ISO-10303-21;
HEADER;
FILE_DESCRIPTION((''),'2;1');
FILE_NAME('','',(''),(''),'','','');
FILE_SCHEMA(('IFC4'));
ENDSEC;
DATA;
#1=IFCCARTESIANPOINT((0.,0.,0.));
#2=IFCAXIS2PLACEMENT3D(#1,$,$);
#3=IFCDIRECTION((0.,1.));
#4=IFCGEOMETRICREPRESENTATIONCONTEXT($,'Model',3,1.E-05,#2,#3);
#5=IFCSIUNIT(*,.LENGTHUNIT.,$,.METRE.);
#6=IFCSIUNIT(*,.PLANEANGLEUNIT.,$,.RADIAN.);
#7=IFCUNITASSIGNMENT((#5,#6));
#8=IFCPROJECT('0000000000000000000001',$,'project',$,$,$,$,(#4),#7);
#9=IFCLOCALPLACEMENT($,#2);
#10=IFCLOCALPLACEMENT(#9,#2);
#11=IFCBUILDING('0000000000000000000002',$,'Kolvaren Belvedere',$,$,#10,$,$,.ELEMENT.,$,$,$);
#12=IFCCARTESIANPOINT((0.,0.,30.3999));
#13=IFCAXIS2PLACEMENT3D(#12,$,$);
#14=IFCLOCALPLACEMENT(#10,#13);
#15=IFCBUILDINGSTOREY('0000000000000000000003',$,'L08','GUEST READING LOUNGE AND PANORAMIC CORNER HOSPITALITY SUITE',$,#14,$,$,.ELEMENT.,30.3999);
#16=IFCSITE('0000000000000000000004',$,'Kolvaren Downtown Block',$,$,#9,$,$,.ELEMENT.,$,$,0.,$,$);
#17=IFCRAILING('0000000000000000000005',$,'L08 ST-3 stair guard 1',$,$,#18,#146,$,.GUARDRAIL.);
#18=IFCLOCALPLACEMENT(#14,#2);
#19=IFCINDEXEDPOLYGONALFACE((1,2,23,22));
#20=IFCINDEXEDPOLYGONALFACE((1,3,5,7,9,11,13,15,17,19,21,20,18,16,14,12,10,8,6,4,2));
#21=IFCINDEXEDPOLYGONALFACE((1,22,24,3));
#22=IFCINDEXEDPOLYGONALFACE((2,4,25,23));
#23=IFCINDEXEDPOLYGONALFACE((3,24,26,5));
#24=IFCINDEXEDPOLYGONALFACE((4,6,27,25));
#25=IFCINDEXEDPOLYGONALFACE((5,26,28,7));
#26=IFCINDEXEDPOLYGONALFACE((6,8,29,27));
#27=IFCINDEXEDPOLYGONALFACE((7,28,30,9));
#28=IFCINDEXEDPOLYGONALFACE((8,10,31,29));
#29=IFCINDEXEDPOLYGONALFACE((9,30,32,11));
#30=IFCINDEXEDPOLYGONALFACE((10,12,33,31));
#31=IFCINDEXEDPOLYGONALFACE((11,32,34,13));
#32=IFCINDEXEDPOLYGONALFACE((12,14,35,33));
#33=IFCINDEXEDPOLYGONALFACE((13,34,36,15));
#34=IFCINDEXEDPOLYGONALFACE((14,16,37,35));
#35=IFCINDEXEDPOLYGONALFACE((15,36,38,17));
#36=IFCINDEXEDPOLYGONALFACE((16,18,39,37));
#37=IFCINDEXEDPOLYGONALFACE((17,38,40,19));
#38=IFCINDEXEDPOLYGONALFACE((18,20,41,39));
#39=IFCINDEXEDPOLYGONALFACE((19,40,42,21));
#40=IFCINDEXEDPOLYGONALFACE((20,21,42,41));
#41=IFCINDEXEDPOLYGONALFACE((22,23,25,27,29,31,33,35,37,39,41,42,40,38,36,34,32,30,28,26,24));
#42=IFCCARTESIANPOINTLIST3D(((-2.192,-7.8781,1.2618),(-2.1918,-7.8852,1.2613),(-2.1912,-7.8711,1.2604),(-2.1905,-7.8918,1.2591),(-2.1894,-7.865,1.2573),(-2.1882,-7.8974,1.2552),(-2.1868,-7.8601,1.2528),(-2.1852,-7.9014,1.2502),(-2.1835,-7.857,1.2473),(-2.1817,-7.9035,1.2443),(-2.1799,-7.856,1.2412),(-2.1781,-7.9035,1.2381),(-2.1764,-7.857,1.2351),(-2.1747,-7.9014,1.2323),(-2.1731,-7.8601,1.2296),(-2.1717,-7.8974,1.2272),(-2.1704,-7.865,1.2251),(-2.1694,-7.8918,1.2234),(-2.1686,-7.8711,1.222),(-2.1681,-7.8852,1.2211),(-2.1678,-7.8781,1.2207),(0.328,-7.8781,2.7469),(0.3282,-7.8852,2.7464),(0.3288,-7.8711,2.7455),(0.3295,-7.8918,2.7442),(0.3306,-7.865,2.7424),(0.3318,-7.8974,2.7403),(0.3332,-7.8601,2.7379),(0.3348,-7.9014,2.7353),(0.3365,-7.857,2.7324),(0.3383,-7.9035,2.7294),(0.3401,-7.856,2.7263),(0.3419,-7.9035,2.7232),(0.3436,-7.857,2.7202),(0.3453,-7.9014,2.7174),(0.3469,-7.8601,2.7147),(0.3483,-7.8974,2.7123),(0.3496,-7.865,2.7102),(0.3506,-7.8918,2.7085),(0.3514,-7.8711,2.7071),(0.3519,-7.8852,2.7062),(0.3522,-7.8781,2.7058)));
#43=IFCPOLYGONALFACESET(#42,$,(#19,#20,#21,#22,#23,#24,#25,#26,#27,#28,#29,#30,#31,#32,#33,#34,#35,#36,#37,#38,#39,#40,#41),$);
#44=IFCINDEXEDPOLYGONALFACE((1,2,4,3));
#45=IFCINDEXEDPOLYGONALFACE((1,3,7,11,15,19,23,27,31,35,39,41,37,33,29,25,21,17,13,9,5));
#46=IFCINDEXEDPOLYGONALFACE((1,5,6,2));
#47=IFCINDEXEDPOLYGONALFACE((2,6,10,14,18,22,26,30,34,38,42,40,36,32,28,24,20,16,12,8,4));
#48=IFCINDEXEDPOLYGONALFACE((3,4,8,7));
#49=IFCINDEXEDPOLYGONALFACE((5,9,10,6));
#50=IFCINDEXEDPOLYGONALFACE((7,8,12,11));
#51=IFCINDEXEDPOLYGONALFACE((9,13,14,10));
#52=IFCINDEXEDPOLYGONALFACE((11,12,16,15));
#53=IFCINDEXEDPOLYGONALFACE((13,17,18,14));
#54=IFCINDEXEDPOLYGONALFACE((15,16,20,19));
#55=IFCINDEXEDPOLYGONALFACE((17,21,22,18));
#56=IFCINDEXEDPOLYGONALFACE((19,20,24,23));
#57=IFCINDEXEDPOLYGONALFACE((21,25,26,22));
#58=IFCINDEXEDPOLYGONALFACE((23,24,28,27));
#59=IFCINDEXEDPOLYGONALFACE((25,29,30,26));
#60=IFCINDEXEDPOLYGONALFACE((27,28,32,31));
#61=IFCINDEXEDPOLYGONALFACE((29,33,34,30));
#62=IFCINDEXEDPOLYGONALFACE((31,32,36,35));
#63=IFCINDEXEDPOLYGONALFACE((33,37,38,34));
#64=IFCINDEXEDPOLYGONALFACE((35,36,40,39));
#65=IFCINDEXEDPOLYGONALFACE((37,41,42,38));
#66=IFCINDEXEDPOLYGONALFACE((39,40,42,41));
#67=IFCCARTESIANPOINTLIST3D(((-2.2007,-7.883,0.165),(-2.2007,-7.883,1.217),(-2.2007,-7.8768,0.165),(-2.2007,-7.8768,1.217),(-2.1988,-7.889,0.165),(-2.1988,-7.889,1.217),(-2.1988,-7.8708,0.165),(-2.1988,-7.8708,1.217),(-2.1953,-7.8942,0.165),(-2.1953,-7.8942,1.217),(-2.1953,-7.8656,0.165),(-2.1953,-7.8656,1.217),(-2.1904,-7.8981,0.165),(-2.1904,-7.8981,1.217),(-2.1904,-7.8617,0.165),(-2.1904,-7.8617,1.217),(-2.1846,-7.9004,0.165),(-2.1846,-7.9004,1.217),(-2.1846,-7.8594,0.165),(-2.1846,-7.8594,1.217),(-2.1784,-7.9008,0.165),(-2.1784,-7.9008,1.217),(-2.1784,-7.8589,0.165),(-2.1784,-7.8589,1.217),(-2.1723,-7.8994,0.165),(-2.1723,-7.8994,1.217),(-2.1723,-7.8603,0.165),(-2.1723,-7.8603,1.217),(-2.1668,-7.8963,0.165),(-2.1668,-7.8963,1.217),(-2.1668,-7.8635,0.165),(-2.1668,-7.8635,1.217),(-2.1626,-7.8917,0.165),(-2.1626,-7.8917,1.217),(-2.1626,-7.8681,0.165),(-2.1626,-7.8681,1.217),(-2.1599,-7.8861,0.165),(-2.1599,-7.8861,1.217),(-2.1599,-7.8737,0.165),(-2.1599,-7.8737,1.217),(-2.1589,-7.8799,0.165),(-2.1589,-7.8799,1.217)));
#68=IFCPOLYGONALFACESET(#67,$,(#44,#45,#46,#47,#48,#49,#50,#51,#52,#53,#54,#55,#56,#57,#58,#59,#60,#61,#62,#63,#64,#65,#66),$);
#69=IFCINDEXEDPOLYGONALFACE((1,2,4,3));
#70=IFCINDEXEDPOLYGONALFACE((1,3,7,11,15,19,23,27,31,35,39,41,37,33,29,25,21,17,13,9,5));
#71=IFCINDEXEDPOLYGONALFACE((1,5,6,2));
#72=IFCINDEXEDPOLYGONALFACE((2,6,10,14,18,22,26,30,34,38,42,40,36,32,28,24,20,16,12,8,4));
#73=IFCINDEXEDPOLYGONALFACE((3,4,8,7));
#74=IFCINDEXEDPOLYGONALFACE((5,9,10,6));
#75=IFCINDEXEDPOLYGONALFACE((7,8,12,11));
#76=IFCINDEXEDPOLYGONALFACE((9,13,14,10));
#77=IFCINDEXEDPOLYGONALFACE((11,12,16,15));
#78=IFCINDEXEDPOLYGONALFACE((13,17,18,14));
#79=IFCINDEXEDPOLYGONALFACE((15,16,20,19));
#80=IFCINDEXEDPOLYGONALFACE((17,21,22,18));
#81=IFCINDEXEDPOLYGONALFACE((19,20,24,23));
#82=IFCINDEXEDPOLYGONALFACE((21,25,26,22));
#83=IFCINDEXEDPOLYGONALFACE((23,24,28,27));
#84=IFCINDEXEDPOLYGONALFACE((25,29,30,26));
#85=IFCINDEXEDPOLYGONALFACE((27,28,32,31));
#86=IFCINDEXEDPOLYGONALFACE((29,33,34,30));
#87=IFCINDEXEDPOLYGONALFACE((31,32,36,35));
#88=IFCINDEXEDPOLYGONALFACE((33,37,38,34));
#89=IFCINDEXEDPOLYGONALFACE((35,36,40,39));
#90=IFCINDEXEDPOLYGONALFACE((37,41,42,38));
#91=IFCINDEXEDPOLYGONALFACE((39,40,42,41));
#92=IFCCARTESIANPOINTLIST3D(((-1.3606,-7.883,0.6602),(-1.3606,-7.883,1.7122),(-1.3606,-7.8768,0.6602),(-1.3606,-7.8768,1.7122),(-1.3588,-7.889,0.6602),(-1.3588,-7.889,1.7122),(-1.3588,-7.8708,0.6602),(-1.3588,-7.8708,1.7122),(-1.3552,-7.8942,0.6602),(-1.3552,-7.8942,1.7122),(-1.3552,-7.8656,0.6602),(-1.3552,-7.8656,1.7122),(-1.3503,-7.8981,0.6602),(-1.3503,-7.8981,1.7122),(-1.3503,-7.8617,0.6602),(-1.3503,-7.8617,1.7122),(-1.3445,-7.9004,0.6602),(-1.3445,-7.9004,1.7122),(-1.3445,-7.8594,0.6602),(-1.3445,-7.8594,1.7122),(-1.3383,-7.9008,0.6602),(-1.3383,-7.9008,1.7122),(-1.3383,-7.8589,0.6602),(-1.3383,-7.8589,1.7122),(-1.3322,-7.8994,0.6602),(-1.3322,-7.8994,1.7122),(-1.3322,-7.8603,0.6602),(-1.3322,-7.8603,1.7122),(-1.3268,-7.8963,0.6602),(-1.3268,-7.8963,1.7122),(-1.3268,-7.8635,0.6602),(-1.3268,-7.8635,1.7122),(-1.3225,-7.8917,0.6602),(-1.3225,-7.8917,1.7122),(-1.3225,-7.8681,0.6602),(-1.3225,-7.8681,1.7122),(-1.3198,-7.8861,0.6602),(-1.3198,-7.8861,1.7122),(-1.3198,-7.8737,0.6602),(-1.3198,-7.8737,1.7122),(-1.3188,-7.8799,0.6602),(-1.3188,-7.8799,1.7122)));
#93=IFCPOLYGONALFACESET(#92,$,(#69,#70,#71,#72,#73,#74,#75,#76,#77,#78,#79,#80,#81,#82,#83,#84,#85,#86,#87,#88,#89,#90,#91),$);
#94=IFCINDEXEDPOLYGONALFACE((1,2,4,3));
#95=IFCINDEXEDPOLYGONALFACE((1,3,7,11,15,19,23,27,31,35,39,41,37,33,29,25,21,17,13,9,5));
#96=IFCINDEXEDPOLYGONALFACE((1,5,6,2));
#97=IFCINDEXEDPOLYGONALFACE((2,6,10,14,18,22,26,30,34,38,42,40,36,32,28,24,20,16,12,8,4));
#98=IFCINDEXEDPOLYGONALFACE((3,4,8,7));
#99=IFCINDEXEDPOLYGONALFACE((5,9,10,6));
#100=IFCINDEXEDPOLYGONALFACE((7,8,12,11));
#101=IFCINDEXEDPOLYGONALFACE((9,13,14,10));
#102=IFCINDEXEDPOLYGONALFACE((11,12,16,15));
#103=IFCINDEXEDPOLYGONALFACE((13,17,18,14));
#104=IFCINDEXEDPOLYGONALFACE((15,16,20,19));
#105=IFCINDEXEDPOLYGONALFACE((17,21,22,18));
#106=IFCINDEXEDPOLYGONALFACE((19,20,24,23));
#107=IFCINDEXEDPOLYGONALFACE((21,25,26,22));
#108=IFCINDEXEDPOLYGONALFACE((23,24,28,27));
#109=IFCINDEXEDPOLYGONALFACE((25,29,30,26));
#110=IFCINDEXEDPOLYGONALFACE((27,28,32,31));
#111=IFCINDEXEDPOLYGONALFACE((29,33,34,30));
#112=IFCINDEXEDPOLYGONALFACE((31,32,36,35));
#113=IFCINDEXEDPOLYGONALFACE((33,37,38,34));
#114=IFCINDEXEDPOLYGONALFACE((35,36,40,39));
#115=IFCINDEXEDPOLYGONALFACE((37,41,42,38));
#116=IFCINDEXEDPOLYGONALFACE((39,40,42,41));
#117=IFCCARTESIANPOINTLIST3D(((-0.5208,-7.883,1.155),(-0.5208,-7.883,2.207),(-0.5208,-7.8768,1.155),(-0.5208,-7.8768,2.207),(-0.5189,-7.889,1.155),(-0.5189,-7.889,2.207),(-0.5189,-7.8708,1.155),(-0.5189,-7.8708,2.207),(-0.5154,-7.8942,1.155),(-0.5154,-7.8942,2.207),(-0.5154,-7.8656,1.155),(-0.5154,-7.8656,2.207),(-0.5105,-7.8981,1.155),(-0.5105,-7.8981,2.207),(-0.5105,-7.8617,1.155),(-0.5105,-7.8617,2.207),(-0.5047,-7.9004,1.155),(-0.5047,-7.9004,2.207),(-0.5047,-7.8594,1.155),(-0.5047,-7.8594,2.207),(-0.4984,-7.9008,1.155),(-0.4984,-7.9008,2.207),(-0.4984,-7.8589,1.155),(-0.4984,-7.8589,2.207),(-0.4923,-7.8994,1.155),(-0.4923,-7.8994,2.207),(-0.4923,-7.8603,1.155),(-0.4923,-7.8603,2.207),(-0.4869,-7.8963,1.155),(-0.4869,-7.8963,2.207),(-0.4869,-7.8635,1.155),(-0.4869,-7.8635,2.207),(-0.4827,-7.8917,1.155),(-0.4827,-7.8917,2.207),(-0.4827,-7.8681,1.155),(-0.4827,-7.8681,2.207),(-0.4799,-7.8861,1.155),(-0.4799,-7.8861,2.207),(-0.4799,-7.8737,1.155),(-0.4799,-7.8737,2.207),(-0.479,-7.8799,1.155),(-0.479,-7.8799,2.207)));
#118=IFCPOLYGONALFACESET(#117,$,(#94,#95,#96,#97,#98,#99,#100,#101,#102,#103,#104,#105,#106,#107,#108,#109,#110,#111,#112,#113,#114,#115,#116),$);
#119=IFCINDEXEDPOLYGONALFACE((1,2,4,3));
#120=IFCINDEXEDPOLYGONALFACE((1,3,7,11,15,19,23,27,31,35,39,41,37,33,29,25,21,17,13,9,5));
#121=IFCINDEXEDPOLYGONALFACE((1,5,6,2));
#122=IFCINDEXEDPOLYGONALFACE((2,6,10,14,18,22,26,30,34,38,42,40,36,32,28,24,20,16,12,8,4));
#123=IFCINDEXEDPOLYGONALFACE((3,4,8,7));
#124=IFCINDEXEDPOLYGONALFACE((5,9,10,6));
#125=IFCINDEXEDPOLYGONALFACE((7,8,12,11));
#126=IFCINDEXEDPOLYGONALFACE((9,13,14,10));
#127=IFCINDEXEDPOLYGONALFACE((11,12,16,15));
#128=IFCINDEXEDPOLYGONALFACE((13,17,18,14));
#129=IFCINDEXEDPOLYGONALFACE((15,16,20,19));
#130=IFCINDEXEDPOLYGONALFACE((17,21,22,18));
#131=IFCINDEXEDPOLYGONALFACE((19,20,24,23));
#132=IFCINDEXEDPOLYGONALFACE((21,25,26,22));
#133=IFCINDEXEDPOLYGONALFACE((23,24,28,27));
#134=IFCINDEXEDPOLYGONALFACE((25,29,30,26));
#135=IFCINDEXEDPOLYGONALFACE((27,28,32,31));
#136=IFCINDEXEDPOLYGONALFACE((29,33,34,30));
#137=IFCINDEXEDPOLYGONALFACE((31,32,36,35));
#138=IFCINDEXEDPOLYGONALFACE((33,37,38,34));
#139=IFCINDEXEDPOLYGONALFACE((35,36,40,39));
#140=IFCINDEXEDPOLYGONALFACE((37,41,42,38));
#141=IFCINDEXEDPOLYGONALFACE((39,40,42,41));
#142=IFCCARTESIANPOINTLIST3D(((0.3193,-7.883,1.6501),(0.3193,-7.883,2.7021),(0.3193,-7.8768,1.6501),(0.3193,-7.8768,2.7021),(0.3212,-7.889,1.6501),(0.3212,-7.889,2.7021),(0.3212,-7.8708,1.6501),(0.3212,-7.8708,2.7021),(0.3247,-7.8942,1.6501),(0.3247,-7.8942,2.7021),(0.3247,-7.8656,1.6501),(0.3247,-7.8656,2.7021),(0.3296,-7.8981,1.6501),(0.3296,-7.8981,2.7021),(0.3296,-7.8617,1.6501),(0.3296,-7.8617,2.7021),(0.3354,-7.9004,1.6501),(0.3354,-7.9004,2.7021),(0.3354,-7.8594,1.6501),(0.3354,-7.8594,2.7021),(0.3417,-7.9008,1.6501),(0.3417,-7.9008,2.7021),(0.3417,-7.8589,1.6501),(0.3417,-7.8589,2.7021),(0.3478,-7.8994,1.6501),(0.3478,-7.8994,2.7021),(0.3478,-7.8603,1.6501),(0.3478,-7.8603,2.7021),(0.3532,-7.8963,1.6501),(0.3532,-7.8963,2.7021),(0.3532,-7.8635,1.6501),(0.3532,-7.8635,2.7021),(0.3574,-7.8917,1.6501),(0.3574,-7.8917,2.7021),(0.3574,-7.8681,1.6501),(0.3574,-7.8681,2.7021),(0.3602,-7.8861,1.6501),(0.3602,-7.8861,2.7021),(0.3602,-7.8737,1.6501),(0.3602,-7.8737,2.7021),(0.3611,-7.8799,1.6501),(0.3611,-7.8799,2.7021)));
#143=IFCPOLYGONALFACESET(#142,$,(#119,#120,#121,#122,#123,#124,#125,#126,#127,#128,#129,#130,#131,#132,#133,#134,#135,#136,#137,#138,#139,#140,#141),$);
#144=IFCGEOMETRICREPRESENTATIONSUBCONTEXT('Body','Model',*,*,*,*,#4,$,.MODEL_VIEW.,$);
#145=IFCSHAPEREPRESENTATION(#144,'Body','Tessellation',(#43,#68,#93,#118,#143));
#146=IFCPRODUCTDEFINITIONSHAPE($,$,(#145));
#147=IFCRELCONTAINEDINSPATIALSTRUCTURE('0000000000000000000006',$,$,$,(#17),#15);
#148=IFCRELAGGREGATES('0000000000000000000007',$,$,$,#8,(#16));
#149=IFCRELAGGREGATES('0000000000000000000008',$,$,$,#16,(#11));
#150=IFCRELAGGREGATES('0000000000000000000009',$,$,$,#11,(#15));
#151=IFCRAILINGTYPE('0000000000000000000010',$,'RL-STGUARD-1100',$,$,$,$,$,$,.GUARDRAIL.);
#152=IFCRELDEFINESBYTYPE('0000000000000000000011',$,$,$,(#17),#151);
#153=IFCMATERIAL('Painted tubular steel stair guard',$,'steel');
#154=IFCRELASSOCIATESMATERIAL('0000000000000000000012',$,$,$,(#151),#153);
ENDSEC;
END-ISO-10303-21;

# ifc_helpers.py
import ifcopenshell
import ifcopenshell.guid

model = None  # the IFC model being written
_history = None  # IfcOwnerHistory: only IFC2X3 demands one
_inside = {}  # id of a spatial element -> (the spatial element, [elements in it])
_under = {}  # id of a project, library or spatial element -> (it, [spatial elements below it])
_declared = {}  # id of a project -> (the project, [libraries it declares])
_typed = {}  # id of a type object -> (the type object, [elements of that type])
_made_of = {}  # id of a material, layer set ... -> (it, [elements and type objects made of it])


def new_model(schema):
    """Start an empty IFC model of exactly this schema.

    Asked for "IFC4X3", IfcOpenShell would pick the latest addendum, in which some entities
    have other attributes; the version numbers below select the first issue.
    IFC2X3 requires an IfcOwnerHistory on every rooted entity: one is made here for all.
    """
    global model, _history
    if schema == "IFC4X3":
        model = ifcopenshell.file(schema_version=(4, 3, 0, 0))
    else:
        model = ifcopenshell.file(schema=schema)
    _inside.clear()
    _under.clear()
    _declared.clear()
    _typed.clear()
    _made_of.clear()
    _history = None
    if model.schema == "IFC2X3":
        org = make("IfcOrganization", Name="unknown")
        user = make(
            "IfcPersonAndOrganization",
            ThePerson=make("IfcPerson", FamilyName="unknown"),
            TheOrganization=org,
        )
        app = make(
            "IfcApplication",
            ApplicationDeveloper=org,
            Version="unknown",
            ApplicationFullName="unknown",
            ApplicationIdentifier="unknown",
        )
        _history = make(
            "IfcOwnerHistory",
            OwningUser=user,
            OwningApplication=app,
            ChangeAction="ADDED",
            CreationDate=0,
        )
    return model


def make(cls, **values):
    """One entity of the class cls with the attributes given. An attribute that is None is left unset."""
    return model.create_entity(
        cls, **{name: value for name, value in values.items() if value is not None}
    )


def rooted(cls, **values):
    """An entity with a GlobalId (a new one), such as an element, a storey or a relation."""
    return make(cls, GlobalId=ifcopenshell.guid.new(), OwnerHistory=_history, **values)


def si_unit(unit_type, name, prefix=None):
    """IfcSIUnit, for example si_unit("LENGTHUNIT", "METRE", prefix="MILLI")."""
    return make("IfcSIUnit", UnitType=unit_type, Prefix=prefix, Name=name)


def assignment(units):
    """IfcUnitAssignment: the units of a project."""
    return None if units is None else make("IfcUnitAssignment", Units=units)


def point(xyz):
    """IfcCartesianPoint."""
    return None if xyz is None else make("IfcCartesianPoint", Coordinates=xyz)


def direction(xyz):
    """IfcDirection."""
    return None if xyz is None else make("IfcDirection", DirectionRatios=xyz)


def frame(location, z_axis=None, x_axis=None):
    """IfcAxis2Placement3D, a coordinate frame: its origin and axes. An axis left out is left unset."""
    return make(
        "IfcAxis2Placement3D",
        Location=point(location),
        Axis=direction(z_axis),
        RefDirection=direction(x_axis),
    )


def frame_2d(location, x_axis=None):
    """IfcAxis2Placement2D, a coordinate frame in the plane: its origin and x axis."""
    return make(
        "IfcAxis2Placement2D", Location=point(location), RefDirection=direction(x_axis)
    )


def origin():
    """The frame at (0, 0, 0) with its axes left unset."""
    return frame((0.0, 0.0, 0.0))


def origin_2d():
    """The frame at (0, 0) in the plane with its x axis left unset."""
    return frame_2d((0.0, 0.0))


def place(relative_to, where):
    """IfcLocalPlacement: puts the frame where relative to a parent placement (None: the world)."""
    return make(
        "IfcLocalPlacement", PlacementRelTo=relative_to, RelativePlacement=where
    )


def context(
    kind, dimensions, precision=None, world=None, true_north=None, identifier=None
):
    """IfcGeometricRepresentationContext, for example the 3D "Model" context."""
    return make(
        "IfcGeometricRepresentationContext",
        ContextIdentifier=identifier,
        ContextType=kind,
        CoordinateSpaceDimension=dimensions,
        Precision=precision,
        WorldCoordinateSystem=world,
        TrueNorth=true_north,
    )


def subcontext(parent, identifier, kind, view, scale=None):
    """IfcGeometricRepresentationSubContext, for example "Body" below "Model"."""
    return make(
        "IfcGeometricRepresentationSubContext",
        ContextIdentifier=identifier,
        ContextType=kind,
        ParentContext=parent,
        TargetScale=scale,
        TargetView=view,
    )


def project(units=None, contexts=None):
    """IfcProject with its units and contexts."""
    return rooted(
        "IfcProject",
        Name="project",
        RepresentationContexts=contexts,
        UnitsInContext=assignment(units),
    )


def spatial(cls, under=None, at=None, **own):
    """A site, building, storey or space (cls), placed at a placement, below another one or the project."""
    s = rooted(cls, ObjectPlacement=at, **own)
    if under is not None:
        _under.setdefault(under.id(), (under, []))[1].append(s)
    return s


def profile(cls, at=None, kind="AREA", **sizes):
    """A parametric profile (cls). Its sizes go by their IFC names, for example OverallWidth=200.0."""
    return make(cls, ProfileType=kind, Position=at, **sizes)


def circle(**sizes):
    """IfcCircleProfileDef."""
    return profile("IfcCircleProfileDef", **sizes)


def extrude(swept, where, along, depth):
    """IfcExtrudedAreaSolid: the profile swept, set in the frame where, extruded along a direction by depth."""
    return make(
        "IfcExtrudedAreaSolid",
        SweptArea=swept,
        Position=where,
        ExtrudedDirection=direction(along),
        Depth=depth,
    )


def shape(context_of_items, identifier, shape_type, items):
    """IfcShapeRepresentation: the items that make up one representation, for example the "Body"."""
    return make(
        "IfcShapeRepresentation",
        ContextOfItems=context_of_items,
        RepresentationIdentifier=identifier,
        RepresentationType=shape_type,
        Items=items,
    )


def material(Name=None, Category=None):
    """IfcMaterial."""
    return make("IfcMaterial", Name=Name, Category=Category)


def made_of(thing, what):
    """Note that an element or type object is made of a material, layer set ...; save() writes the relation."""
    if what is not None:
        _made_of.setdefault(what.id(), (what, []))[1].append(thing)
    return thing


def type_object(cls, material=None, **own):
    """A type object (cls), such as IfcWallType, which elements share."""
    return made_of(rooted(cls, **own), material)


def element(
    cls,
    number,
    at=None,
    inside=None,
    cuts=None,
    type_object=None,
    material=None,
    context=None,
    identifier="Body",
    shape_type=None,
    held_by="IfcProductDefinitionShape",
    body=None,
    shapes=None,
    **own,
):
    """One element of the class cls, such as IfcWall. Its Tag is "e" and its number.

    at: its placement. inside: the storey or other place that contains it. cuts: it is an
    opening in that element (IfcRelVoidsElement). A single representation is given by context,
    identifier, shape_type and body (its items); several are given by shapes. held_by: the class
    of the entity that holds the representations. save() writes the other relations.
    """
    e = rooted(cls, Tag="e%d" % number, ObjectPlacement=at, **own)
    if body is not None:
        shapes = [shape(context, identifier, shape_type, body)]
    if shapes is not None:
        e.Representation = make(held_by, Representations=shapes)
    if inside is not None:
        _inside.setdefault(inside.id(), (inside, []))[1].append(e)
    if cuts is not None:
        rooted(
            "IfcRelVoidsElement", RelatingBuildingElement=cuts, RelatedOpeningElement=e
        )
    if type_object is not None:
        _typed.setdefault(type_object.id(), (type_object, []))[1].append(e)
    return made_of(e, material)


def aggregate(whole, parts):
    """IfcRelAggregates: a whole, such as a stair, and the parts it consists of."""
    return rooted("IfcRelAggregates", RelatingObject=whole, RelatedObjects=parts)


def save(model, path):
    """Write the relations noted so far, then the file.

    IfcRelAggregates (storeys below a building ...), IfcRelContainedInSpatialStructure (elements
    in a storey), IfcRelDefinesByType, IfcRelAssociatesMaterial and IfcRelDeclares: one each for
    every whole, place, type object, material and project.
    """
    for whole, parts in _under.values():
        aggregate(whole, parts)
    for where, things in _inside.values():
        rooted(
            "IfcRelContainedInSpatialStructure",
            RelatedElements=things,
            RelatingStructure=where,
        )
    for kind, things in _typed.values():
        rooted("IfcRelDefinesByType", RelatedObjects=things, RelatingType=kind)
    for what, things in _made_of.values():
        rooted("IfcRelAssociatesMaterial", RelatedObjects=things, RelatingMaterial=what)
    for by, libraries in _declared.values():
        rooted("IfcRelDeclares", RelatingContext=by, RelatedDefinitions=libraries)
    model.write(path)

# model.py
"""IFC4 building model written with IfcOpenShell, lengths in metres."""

from ifc_helpers import new_model, si_unit, direction, frame, origin, origin_2d, place, context, subcontext, project, spatial, circle, extrude, material, type_object, element, save


model = new_model("IFC4")

# Units and contexts
model_context = context("Model", 3, precision=1e-05, world=origin(), true_north=direction((0.0, 1.0)))
body_context = subcontext(model_context, "Body", "Model", "MODEL_VIEW")
ifc_project = project(units=[si_unit("LENGTHUNIT", "METRE"), si_unit("PLANEANGLEUNIT", "RADIAN")], contexts=[model_context])

# Site, building, storey
site_placement = place(None, origin())
site = spatial("IfcSite", under=ifc_project, at=site_placement, Name="Kolvaren Downtown Block", CompositionType="ELEMENT", RefElevation=0.0)
building_placement = place(site_placement, origin())
building = spatial("IfcBuilding", under=site, at=building_placement, Name="Kolvaren Belvedere", CompositionType="ELEMENT")
storey_placement = place(building_placement, frame((0.0, 0.0, 30.3999)))
storey = spatial("IfcBuildingStorey", under=building, at=storey_placement, Name="L08", Description="GUEST READING LOUNGE AND PANORAMIC CORNER HOSPITALITY SUITE", CompositionType="ELEMENT", Elevation=30.3999)

# Railing
ifc_material_1 = material(Name="Painted tubular steel stair guard", Category="steel")
railing_type_1 = type_object("IfcRailingType", Name="RL-STGUARD-1100", PredefinedType="GUARDRAIL", material=ifc_material_1)
railing_1_placement = place(storey_placement, frame((-2.1799, -7.8799, 0.165)))
element("IfcRailing", 1, at=railing_1_placement, inside=storey, type_object=railing_type_1, Name="L08 ST-3 stair guard 1", PredefinedType="GUARDRAIL", context=body_context, shape_type="SweptSolid", body=[
    extrude(circle(Radius=0.0239, at=origin_2d()), frame((0.0, 0.0, 1.0762), z_axis=(0.861524, 0.0, 0.507717), x_axis=(0.0, 1.0, 0.0)), (0.0, 0.0, 1.0), 2.925),
    extrude(circle(Radius=0.021, at=origin_2d()), origin(), (0.0, 0.0, 1.0), 1.052),
    extrude(circle(Radius=0.021, at=origin_2d()), frame((0.8401, 0.0, 0.4951)), (0.0, 0.0, 1.0), 1.052),
    extrude(circle(Radius=0.021, at=origin_2d()), frame((1.6799, 0.0, 0.99)), (0.0, 0.0, 1.0), 1.052),
    extrude(circle(Radius=0.021, at=origin_2d()), frame((2.52, 0.0, 1.4851)), (0.0, 0.0, 1.0), 1.052),
])

save(model, "model.ifc")
